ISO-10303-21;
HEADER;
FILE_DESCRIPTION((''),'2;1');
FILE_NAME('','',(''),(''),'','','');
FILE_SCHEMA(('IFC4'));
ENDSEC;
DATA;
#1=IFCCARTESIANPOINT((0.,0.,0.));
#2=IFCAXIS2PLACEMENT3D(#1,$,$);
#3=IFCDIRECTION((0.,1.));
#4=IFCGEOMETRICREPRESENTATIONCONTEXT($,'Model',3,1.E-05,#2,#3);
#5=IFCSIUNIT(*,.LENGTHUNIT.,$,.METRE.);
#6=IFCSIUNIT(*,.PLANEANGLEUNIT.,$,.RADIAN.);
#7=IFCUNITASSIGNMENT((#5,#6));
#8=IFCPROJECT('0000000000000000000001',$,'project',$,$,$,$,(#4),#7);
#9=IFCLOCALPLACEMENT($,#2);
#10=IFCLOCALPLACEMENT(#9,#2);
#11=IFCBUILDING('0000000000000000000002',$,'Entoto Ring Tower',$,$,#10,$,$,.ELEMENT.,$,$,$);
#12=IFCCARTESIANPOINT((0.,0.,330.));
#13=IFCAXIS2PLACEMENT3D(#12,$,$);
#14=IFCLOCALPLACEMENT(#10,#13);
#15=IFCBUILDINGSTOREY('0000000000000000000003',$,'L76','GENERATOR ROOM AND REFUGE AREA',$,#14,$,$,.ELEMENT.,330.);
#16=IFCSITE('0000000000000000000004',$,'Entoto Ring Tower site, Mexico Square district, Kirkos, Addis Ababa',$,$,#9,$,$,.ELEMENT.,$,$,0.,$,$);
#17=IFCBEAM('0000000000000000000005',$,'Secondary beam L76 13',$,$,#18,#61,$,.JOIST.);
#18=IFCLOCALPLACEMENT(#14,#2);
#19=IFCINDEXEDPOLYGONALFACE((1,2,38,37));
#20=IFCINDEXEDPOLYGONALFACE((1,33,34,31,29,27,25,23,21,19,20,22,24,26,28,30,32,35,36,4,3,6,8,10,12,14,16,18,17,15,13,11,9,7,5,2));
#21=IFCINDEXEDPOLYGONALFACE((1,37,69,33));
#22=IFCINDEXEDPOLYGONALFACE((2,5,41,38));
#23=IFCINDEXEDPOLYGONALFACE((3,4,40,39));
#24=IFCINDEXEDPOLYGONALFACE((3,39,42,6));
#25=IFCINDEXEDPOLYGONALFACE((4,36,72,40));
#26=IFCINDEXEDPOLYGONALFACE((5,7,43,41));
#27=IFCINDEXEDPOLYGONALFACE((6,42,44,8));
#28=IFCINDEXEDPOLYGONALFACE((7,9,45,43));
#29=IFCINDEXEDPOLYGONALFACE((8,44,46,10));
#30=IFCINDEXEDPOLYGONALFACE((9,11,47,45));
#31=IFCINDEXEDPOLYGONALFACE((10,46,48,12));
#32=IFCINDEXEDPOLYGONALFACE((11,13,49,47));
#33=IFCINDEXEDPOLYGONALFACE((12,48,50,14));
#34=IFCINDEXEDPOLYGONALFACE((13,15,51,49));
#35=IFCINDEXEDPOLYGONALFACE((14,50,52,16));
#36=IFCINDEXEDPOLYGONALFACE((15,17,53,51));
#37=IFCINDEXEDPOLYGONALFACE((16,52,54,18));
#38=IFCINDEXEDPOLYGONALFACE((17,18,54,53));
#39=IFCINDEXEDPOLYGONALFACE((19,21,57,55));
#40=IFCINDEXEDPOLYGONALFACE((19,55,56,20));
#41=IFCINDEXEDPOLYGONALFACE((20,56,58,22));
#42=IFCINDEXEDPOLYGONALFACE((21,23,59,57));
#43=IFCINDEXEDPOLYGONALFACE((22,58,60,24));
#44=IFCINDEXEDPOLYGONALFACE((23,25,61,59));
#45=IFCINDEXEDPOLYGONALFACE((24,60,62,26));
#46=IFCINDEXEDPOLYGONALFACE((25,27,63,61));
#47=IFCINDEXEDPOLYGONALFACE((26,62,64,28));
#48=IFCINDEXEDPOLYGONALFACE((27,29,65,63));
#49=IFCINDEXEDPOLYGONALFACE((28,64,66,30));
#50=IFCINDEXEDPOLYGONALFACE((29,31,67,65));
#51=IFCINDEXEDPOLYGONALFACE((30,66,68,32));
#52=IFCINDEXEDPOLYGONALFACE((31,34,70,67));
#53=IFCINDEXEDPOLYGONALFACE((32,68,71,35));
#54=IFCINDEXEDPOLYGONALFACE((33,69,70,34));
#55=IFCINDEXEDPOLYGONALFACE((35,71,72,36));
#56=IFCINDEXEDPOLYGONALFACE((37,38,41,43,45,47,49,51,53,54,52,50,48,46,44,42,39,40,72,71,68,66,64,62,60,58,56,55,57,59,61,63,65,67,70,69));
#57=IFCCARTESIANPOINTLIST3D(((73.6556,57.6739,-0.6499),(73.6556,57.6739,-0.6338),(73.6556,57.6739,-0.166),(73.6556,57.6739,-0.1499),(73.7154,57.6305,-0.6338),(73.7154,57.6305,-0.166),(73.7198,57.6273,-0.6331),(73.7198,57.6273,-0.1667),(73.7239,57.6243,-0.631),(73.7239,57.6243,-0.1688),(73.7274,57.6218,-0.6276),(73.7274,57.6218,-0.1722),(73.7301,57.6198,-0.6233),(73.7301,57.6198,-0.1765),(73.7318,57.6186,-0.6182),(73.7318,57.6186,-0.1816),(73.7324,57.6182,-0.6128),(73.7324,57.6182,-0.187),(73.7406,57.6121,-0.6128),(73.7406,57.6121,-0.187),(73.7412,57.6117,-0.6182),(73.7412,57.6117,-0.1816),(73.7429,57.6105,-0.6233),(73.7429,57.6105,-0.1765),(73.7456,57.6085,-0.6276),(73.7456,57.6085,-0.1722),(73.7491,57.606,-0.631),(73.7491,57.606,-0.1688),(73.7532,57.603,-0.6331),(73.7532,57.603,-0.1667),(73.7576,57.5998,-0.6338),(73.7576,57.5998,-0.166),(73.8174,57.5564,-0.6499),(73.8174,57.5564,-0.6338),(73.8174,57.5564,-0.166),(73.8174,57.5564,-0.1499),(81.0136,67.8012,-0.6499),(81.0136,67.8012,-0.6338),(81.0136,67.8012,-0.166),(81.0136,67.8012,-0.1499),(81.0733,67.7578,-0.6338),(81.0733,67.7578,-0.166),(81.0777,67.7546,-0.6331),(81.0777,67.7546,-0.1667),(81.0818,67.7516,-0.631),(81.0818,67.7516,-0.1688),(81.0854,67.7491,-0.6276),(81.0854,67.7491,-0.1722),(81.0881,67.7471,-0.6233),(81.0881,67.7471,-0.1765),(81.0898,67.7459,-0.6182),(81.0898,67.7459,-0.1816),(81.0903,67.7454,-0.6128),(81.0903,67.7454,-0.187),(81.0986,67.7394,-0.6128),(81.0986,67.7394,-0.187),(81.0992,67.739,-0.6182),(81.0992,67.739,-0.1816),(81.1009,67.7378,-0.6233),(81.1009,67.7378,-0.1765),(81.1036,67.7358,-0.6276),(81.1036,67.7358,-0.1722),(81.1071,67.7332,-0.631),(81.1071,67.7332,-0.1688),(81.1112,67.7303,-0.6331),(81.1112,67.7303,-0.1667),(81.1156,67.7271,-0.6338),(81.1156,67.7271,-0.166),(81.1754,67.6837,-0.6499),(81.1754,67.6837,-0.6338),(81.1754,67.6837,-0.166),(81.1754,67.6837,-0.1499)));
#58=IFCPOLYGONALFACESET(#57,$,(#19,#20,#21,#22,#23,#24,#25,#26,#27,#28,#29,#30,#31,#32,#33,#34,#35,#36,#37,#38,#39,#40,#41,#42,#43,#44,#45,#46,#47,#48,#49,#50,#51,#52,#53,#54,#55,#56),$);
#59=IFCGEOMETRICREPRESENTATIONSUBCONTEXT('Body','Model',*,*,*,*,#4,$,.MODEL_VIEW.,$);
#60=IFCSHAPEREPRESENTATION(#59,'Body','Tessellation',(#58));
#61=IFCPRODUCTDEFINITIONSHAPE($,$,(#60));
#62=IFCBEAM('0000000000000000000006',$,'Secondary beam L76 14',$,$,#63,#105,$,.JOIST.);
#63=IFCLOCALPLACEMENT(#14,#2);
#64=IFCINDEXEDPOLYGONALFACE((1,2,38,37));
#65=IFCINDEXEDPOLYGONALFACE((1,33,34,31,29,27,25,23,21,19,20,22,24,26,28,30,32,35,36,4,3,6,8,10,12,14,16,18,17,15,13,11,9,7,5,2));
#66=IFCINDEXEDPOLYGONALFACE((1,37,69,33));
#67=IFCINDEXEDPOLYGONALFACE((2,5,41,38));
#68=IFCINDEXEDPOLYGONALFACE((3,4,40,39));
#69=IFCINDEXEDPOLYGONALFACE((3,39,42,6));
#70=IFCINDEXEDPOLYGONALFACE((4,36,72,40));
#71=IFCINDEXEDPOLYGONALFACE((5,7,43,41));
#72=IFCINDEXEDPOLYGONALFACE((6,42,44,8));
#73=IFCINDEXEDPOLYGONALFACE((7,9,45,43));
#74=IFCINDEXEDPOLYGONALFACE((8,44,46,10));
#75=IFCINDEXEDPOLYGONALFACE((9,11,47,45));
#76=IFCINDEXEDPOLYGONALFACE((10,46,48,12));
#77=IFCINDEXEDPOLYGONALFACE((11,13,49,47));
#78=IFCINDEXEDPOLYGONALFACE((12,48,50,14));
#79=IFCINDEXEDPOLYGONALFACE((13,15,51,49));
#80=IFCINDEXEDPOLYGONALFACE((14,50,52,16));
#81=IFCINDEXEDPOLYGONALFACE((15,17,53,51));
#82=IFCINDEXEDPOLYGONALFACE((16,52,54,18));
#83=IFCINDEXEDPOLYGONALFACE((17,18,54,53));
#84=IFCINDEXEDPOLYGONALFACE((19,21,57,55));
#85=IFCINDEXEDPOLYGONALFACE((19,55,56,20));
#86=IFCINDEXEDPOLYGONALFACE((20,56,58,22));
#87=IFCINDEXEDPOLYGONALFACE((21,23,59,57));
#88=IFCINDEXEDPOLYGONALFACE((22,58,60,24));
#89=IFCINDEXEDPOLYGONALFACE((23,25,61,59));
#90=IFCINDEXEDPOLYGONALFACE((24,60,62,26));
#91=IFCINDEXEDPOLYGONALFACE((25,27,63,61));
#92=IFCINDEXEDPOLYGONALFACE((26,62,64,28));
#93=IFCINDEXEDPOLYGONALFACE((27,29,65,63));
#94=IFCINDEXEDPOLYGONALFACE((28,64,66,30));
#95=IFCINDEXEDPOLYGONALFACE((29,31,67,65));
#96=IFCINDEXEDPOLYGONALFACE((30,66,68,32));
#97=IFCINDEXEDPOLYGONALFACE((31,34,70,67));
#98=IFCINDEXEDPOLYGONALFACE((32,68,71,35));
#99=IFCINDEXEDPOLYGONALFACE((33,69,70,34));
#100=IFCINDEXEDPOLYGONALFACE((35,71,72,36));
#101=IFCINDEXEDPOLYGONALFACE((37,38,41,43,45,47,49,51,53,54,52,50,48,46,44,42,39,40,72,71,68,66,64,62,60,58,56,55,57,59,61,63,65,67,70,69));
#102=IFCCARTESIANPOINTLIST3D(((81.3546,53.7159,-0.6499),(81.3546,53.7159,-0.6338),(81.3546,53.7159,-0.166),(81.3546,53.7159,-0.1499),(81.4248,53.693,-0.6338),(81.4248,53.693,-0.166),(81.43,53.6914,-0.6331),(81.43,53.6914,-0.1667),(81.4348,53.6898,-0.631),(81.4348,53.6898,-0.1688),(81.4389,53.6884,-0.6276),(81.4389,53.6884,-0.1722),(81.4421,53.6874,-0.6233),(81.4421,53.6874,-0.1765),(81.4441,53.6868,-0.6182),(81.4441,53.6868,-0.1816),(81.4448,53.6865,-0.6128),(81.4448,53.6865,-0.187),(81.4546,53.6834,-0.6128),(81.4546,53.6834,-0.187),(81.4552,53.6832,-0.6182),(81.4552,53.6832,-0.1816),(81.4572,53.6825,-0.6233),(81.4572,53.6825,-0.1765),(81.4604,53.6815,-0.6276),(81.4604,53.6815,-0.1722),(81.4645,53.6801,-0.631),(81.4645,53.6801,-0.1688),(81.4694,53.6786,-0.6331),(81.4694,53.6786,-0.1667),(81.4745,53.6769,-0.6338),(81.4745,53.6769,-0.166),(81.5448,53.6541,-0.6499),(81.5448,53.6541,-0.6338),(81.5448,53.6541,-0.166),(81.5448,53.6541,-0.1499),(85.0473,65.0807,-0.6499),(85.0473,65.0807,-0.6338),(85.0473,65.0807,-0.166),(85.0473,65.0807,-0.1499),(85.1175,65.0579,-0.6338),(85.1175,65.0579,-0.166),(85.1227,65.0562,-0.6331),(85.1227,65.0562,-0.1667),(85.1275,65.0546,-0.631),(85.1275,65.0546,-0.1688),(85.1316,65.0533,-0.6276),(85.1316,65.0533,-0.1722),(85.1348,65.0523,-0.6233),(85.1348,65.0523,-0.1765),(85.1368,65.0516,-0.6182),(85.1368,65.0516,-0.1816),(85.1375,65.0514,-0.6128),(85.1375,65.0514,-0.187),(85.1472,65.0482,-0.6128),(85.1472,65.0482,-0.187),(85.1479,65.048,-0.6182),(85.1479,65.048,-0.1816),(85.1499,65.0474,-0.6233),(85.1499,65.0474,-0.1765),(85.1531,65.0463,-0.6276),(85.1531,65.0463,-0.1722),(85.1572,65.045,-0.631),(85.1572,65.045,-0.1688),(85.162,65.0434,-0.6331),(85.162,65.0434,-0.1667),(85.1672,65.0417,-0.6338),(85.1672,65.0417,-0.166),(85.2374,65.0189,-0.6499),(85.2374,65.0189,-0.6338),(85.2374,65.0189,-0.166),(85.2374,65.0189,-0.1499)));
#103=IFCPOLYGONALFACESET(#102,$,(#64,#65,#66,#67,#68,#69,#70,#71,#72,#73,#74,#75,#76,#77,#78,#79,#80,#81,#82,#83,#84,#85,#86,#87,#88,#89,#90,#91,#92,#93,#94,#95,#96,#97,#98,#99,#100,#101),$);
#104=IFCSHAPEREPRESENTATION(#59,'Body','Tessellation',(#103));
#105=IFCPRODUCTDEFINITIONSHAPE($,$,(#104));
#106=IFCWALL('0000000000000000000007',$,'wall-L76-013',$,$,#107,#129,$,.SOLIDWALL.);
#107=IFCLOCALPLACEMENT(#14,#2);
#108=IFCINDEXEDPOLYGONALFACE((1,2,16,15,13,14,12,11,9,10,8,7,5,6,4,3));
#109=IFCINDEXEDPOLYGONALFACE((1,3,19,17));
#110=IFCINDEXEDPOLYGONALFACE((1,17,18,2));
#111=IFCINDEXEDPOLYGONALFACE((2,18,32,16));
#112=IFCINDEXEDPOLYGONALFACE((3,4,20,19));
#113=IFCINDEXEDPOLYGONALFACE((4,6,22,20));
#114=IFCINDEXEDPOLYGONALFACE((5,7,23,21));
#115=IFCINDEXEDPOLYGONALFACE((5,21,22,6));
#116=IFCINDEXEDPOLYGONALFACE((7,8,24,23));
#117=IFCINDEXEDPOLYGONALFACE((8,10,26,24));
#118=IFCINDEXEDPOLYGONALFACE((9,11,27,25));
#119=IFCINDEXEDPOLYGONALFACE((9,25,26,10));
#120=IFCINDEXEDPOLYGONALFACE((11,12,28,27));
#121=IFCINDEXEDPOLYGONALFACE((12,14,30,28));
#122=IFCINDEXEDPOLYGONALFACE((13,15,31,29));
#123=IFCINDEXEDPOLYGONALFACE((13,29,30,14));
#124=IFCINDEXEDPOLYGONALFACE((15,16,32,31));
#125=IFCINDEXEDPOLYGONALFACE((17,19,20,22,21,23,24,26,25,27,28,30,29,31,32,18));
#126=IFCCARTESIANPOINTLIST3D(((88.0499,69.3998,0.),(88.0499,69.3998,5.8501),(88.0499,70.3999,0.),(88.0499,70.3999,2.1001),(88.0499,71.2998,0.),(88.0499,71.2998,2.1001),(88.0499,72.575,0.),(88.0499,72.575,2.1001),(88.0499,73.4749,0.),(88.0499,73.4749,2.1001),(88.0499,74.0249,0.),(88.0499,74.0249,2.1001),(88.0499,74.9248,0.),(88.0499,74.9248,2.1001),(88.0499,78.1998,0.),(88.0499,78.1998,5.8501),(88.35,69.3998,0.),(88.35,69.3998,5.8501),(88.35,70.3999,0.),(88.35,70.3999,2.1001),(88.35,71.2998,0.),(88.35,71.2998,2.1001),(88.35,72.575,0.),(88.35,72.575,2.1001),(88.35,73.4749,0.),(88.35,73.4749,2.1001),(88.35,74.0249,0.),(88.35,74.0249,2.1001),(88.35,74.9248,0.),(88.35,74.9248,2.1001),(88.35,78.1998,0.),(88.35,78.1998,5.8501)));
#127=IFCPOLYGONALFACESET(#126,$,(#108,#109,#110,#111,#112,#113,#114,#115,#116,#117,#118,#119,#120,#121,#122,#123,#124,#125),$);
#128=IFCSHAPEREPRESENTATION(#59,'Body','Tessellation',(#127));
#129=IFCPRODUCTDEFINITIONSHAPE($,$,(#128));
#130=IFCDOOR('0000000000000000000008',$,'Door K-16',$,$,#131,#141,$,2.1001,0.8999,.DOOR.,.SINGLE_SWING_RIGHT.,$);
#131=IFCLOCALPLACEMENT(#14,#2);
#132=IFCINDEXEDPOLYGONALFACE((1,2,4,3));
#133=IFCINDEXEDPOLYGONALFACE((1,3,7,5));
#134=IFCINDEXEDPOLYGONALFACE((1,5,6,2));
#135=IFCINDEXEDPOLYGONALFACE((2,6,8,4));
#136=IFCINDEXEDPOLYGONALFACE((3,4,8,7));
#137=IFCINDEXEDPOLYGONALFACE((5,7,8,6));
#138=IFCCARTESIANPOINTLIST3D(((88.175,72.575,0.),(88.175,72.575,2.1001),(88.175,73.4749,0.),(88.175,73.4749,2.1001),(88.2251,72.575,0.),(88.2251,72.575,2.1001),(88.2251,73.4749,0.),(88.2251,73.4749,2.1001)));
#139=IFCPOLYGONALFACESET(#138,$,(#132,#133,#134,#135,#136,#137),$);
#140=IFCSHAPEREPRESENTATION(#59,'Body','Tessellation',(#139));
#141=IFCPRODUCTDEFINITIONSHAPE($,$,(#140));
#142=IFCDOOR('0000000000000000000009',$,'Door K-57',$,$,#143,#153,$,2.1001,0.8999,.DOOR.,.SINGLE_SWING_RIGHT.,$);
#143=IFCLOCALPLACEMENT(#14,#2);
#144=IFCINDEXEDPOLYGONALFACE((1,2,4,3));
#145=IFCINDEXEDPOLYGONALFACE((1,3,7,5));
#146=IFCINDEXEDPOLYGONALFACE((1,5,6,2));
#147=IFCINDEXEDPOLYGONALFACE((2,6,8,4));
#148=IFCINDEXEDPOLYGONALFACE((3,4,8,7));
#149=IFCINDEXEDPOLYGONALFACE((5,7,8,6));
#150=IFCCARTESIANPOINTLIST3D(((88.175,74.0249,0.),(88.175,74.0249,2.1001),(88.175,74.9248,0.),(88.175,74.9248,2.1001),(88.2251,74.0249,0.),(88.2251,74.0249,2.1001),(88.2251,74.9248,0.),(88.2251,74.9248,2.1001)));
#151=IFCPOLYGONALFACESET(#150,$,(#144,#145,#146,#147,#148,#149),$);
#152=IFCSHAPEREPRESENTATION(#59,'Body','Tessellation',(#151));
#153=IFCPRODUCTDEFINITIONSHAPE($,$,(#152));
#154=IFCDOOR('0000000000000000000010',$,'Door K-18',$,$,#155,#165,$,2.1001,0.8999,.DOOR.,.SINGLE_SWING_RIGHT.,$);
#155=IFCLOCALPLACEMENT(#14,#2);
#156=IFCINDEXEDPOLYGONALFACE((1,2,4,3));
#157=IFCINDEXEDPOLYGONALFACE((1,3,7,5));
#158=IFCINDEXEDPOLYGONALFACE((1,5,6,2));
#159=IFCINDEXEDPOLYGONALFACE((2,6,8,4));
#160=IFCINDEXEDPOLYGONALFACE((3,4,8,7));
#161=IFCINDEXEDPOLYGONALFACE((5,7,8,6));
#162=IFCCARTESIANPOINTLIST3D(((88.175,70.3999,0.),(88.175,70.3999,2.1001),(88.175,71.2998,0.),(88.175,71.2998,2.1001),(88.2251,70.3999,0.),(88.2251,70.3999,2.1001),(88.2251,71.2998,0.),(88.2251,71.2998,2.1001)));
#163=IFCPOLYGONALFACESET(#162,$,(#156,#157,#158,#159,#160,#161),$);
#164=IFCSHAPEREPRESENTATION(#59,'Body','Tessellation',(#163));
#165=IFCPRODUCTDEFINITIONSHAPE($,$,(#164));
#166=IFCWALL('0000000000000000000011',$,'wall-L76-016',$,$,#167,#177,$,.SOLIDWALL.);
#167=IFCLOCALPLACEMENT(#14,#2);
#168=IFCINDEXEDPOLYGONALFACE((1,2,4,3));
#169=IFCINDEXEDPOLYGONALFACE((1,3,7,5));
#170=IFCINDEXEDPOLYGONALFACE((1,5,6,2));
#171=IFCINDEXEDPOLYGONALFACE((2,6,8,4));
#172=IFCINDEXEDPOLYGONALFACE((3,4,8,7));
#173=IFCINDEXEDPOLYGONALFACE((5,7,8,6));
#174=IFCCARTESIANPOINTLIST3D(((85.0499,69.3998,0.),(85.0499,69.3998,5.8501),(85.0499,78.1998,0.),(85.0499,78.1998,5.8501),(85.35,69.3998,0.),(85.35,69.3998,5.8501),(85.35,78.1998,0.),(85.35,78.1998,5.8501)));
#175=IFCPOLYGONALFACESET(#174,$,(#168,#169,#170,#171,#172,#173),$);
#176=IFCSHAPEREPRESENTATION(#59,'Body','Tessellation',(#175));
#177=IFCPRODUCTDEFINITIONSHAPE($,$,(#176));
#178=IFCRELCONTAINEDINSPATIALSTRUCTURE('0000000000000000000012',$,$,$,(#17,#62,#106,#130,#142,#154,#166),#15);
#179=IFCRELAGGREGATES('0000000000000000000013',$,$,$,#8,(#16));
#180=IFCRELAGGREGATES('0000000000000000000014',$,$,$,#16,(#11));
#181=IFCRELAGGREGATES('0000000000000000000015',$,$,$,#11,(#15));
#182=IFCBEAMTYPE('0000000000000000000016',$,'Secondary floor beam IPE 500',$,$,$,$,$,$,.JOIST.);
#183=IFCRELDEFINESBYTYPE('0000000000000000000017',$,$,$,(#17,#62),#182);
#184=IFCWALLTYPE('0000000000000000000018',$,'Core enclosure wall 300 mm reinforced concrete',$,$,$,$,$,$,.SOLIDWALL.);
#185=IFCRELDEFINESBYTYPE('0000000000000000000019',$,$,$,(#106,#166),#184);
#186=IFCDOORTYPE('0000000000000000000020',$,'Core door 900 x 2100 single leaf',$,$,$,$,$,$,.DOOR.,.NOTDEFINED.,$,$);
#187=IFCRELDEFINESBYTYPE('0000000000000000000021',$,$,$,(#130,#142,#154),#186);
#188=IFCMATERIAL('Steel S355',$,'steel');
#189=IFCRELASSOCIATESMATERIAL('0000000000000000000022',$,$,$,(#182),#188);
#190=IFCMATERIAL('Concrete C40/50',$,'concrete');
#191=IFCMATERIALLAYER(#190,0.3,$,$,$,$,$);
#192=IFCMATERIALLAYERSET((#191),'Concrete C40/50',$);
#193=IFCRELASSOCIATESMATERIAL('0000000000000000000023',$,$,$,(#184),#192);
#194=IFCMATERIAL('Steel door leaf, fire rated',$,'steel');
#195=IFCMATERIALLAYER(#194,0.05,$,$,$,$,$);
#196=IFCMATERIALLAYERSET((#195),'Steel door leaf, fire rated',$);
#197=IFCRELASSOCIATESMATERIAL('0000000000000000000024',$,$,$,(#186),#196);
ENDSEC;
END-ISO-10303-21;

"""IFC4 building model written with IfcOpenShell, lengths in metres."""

from ifc_helpers import new_model, si_unit, direction, frame, frame_2d, origin, origin_2d, place, context, subcontext, project, spatial, rectangle, i_section, extrude, material, layer, layer_set, material_profile, profile_set, type_object, element, fill, save


model = new_model("IFC4")

# Units and contexts
model_context = context("Model", 3, precision=1e-05, world=origin(), true_north=direction((0.0, 1.0)))
body_context = subcontext(model_context, "Body", "Model", "MODEL_VIEW")
ifc_project = project(units=[si_unit("LENGTHUNIT", "METRE"), si_unit("PLANEANGLEUNIT", "RADIAN")], contexts=[model_context])

# Site, building, storey
site_placement = place(None, origin())
site = spatial("IfcSite", under=ifc_project, at=site_placement, Name="Entoto Ring Tower site, Mexico Square district, Kirkos, Addis Ababa", CompositionType="ELEMENT", RefElevation=0.0)
building_placement = place(site_placement, origin())
building = spatial("IfcBuilding", under=site, at=building_placement, Name="Entoto Ring Tower", CompositionType="ELEMENT")
storey_placement = place(building_placement, frame((0.0, 0.0, 330.0)))
storey = spatial("IfcBuildingStorey", under=building, at=storey_placement, Name="L76", Description="GENERATOR ROOM AND REFUGE AREA", CompositionType="ELEMENT", Elevation=330.0)

# Beams
ifc_material_1 = material(Name="Steel S355", Category="steel")
ifc_material_profile_1 = material_profile(ifc_material_1, i_section(OverallWidth=0.2, OverallDepth=0.5, WebThickness=0.0103, FlangeThickness=0.0161, FilletRadius=0.021, at=origin_2d()), Name="IPE 500")
ifc_profile_set_1 = profile_set([ifc_material_profile_1], Name="Steel S355")
beam_type_1 = type_object("IfcBeamType", Name="Secondary floor beam IPE 500", PredefinedType="JOIST", material=ifc_profile_set_1)
beam_1_placement = place(storey_placement, frame((81.0945, 67.7424, -0.3999), z_axis=(-0.587789, -0.809014, 0.0), x_axis=(0.809014, -0.587789, 0.0)))
element("IfcBeam", 1, at=beam_1_placement, inside=storey, type_object=beam_type_1, Name="Secondary beam L76 13", PredefinedType="JOIST", context=body_context, shape_type="SweptSolid", body=[
    extrude(i_section(OverallWidth=0.2, OverallDepth=0.5, WebThickness=0.0103, FlangeThickness=0.0161, FilletRadius=0.021, at=origin_2d()), origin(), (0.0, 0.0, 1.0), 12.5181),
])
beam_2_placement = place(storey_placement, frame((85.1423, 65.0498, -0.3999), z_axis=(-0.309017, -0.951057, 0.0), x_axis=(0.951057, -0.309017, 0.0)))
element("IfcBeam", 2, at=beam_2_placement, inside=storey, type_object=beam_type_1, Name="Secondary beam L76 14", PredefinedType="JOIST", context=body_context, shape_type="SweptSolid", body=[
    extrude(i_section(OverallWidth=0.2, OverallDepth=0.5, WebThickness=0.0103, FlangeThickness=0.0161, FilletRadius=0.021, at=origin_2d()), origin(), (0.0, 0.0, 1.0), 11.9497),
])

# Wall, openings, doors
ifc_material_2 = material(Name="Concrete C40/50", Category="concrete")
ifc_layer_1 = layer(ifc_material_2, 0.3)
ifc_layer_set_1 = layer_set([ifc_layer_1], Name="Concrete C40/50")
wall_type_1 = type_object("IfcWallType", Name="Core enclosure wall 300 mm reinforced concrete", PredefinedType="SOLIDWALL", material=ifc_layer_set_1)
wall_1_placement = place(storey_placement, frame((88.2, 69.3999, 0.0), z_axis=(0.0, 0.0, 1.0), x_axis=(0.0, 1.0, 0.0)))
wall_1 = element("IfcWall", 3, at=wall_1_placement, inside=storey, type_object=wall_type_1, Name="wall-L76-013", PredefinedType="SOLIDWALL", context=body_context, shape_type="SweptSolid", body=[
    extrude(rectangle(XDim=8.8, YDim=0.3, at=frame_2d((4.3999, 0.0))), origin(), (0.0, 0.0, 1.0), 5.8501),
])
opening_1_placement = place(wall_1_placement, frame((3.175, 0.0, 0.0)))
opening_1 = element("IfcOpeningElement", 4, at=opening_1_placement, cuts=wall_1, PredefinedType="OPENING", context=body_context, shape_type="SweptSolid", body=[
    extrude(rectangle(XDim=0.8999, YDim=2.1001, at=frame_2d((0.45, 1.05))), frame((0.0, 0.1602, 0.0), z_axis=(0.0, -1.0, 0.0), x_axis=(1.0, 0.0, 0.0)), (0.0, 0.0, 1.0), 0.3201),
])
opening_2_placement = place(wall_1_placement, frame((4.625, 0.0, 0.0)))
opening_2 = element("IfcOpeningElement", 5, at=opening_2_placement, cuts=wall_1, PredefinedType="OPENING", context=body_context, shape_type="SweptSolid", body=[
    extrude(rectangle(XDim=0.8999, YDim=2.1001, at=frame_2d((0.45, 1.05))), frame((0.0, 0.1602, 0.0), z_axis=(0.0, -1.0, 0.0), x_axis=(1.0, 0.0, 0.0)), (0.0, 0.0, 1.0), 0.3201),
])
opening_3_placement = place(wall_1_placement, frame((1.0, 0.0, 0.0)))
opening_3 = element("IfcOpeningElement", 6, at=opening_3_placement, cuts=wall_1, PredefinedType="OPENING", context=body_context, shape_type="SweptSolid", body=[
    extrude(rectangle(XDim=0.8999, YDim=2.1001, at=frame_2d((0.45, 1.05))), frame((0.0, 0.1602, 0.0), z_axis=(0.0, -1.0, 0.0), x_axis=(1.0, 0.0, 0.0)), (0.0, 0.0, 1.0), 0.3201),
])
ifc_material_3 = material(Name="Steel door leaf, fire rated", Category="steel")
ifc_layer_2 = layer(ifc_material_3, 0.05)
ifc_layer_set_2 = layer_set([ifc_layer_2], Name="Steel door leaf, fire rated")
door_type_1 = type_object("IfcDoorType", Name="Core door 900 x 2100 single leaf", OperationType="NOTDEFINED", PredefinedType="DOOR", material=ifc_layer_set_2)
door_1_placement = place(opening_1_placement, origin())
door_1 = element("IfcDoor", 7, at=door_1_placement, inside=storey, type_object=door_type_1, Name="Door K-16", OperationType="SINGLE_SWING_RIGHT", OverallHeight=2.1001, OverallWidth=0.8999, PredefinedType="DOOR", context=body_context, shape_type="SweptSolid", body=[
    extrude(rectangle(XDim=0.8999, YDim=2.1001, at=frame_2d((0.45, 1.05))), frame((0.0, 0.0249, 0.0), z_axis=(0.0, -1.0, 0.0), x_axis=(1.0, 0.0, 0.0)), (0.0, 0.0, 1.0), 0.05),
])
fill(opening_1, door_1)
door_2_placement = place(opening_2_placement, origin())
door_2 = element("IfcDoor", 8, at=door_2_placement, inside=storey, type_object=door_type_1, Name="Door K-57", OperationType="SINGLE_SWING_RIGHT", OverallHeight=2.1001, OverallWidth=0.8999, PredefinedType="DOOR", context=body_context, shape_type="SweptSolid", body=[
    extrude(rectangle(XDim=0.8999, YDim=2.1001, at=frame_2d((0.45, 1.05))), frame((0.0, 0.0249, 0.0), z_axis=(0.0, -1.0, 0.0), x_axis=(1.0, 0.0, 0.0)), (0.0, 0.0, 1.0), 0.05),
])
fill(opening_2, door_2)
door_3_placement = place(opening_3_placement, origin())
door_3 = element("IfcDoor", 9, at=door_3_placement, inside=storey, type_object=door_type_1, Name="Door K-18", OperationType="SINGLE_SWING_RIGHT", OverallHeight=2.1001, OverallWidth=0.8999, PredefinedType="DOOR", context=body_context, shape_type="SweptSolid", body=[
    extrude(rectangle(XDim=0.8999, YDim=2.1001, at=frame_2d((0.45, 1.05))), frame((0.0, 0.0249, 0.0), z_axis=(0.0, -1.0, 0.0), x_axis=(1.0, 0.0, 0.0)), (0.0, 0.0, 1.0), 0.05),
])
fill(opening_3, door_3)

# Wall
wall_2_placement = place(storey_placement, frame((85.2, 69.3999, 0.0), z_axis=(0.0, 0.0, 1.0), x_axis=(0.0, 1.0, 0.0)))
element("IfcWall", 10, at=wall_2_placement, inside=storey, type_object=wall_type_1, Name="wall-L76-016", PredefinedType="SOLIDWALL", context=body_context, shape_type="SweptSolid", body=[
    extrude(rectangle(XDim=8.8, YDim=0.3, at=frame_2d((4.3999, 0.0))), origin(), (0.0, 0.0, 1.0), 5.8501),
])

save(model, "model.ifc")
